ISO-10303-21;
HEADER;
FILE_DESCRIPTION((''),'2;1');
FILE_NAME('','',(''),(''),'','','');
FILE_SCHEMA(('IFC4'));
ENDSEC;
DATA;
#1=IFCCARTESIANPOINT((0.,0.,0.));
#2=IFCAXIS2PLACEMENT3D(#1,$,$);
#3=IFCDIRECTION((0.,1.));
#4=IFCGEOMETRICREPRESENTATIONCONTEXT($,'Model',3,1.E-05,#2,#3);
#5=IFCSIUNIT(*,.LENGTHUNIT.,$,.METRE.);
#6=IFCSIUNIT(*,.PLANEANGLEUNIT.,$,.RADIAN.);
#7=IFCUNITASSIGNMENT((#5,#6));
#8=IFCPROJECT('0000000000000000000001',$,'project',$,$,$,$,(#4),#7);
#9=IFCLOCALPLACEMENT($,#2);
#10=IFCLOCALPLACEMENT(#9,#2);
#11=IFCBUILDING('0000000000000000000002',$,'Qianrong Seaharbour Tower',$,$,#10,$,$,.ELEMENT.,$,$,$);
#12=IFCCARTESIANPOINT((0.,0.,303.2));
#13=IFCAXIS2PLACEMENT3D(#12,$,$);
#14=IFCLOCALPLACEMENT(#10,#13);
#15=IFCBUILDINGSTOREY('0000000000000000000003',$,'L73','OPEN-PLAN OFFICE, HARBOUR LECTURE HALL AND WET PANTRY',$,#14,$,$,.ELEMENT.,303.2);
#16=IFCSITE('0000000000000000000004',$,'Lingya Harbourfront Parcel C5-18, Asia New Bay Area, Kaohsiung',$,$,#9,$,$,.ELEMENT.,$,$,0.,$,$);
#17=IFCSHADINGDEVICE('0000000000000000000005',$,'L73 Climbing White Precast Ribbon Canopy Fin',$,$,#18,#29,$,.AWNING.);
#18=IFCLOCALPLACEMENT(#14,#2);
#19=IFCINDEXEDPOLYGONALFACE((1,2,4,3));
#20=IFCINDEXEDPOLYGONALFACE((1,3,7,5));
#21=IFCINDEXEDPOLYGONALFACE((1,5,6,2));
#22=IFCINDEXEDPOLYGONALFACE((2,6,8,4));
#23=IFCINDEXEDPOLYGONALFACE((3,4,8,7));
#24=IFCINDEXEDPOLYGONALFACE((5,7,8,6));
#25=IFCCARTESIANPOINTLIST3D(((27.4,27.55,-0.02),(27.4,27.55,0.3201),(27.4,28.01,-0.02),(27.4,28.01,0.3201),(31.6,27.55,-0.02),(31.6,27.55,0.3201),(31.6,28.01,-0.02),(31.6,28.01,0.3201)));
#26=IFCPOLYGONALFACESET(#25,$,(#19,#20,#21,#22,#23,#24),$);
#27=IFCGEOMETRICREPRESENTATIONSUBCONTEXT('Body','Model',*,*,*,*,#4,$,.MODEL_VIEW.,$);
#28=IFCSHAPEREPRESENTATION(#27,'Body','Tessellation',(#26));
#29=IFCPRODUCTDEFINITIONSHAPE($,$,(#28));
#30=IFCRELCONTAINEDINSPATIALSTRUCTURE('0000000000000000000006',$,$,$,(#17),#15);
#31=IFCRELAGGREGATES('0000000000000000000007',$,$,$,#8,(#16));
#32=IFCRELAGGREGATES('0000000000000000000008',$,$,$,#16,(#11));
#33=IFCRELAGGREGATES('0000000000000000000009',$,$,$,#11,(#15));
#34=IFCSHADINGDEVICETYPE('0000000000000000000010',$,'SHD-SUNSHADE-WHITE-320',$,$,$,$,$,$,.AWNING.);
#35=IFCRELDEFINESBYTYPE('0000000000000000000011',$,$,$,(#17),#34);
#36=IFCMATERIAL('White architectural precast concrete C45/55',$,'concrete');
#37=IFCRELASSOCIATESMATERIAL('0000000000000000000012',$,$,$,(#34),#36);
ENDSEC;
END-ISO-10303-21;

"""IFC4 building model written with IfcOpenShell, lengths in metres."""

from ifc_helpers import new_model, si_unit, direction, frame, origin, origin_2d, place, context, subcontext, project, spatial, rectangle, extrude, material, type_object, element, save


model = new_model("IFC4")

# Units and contexts
model_context = context("Model", 3, precision=1e-05, world=origin(), true_north=direction((0.0, 1.0)))
body_context = subcontext(model_context, "Body", "Model", "MODEL_VIEW")
ifc_project = project(units=[si_unit("LENGTHUNIT", "METRE"), si_unit("PLANEANGLEUNIT", "RADIAN")], contexts=[model_context])

# Site, building, storey
site_placement = place(None, origin())
site = spatial("IfcSite", under=ifc_project, at=site_placement, Name="Lingya Harbourfront Parcel C5-18, Asia New Bay Area, Kaohsiung", CompositionType="ELEMENT", RefElevation=0.0)
building_placement = place(site_placement, origin())
building = spatial("IfcBuilding", under=site, at=building_placement, Name="Qianrong Seaharbour Tower", CompositionType="ELEMENT")
storey_placement = place(building_placement, frame((0.0, 0.0, 303.2)))
storey = spatial("IfcBuildingStorey", under=building, at=storey_placement, Name="L73", Description="OPEN-PLAN OFFICE, HARBOUR LECTURE HALL AND WET PANTRY", CompositionType="ELEMENT", Elevation=303.2)

# Shading device
ifc_material_1 = material(Name="White architectural precast concrete C45/55", Category="concrete")
shading_device_type = type_object("IfcShadingDeviceType", Name="SHD-SUNSHADE-WHITE-320", PredefinedType="AWNING", material=ifc_material_1)
shading_device_placement = place(storey_placement, frame((29.5, 27.78, -0.02), z_axis=(0.0, 0.0, 1.0), x_axis=(1.0, 0.0, 0.0)))
element("IfcShadingDevice", 1, at=shading_device_placement, inside=storey, type_object=shading_device_type, Name="L73 Climbing White Precast Ribbon Canopy Fin", PredefinedType="AWNING", context=body_context, shape_type="SweptSolid", body=[
    extrude(rectangle(XDim=4.2, YDim=0.46, at=origin_2d()), origin(), (0.0, 0.0, 1.0), 0.3401),
])

save(model, "model.ifc")
